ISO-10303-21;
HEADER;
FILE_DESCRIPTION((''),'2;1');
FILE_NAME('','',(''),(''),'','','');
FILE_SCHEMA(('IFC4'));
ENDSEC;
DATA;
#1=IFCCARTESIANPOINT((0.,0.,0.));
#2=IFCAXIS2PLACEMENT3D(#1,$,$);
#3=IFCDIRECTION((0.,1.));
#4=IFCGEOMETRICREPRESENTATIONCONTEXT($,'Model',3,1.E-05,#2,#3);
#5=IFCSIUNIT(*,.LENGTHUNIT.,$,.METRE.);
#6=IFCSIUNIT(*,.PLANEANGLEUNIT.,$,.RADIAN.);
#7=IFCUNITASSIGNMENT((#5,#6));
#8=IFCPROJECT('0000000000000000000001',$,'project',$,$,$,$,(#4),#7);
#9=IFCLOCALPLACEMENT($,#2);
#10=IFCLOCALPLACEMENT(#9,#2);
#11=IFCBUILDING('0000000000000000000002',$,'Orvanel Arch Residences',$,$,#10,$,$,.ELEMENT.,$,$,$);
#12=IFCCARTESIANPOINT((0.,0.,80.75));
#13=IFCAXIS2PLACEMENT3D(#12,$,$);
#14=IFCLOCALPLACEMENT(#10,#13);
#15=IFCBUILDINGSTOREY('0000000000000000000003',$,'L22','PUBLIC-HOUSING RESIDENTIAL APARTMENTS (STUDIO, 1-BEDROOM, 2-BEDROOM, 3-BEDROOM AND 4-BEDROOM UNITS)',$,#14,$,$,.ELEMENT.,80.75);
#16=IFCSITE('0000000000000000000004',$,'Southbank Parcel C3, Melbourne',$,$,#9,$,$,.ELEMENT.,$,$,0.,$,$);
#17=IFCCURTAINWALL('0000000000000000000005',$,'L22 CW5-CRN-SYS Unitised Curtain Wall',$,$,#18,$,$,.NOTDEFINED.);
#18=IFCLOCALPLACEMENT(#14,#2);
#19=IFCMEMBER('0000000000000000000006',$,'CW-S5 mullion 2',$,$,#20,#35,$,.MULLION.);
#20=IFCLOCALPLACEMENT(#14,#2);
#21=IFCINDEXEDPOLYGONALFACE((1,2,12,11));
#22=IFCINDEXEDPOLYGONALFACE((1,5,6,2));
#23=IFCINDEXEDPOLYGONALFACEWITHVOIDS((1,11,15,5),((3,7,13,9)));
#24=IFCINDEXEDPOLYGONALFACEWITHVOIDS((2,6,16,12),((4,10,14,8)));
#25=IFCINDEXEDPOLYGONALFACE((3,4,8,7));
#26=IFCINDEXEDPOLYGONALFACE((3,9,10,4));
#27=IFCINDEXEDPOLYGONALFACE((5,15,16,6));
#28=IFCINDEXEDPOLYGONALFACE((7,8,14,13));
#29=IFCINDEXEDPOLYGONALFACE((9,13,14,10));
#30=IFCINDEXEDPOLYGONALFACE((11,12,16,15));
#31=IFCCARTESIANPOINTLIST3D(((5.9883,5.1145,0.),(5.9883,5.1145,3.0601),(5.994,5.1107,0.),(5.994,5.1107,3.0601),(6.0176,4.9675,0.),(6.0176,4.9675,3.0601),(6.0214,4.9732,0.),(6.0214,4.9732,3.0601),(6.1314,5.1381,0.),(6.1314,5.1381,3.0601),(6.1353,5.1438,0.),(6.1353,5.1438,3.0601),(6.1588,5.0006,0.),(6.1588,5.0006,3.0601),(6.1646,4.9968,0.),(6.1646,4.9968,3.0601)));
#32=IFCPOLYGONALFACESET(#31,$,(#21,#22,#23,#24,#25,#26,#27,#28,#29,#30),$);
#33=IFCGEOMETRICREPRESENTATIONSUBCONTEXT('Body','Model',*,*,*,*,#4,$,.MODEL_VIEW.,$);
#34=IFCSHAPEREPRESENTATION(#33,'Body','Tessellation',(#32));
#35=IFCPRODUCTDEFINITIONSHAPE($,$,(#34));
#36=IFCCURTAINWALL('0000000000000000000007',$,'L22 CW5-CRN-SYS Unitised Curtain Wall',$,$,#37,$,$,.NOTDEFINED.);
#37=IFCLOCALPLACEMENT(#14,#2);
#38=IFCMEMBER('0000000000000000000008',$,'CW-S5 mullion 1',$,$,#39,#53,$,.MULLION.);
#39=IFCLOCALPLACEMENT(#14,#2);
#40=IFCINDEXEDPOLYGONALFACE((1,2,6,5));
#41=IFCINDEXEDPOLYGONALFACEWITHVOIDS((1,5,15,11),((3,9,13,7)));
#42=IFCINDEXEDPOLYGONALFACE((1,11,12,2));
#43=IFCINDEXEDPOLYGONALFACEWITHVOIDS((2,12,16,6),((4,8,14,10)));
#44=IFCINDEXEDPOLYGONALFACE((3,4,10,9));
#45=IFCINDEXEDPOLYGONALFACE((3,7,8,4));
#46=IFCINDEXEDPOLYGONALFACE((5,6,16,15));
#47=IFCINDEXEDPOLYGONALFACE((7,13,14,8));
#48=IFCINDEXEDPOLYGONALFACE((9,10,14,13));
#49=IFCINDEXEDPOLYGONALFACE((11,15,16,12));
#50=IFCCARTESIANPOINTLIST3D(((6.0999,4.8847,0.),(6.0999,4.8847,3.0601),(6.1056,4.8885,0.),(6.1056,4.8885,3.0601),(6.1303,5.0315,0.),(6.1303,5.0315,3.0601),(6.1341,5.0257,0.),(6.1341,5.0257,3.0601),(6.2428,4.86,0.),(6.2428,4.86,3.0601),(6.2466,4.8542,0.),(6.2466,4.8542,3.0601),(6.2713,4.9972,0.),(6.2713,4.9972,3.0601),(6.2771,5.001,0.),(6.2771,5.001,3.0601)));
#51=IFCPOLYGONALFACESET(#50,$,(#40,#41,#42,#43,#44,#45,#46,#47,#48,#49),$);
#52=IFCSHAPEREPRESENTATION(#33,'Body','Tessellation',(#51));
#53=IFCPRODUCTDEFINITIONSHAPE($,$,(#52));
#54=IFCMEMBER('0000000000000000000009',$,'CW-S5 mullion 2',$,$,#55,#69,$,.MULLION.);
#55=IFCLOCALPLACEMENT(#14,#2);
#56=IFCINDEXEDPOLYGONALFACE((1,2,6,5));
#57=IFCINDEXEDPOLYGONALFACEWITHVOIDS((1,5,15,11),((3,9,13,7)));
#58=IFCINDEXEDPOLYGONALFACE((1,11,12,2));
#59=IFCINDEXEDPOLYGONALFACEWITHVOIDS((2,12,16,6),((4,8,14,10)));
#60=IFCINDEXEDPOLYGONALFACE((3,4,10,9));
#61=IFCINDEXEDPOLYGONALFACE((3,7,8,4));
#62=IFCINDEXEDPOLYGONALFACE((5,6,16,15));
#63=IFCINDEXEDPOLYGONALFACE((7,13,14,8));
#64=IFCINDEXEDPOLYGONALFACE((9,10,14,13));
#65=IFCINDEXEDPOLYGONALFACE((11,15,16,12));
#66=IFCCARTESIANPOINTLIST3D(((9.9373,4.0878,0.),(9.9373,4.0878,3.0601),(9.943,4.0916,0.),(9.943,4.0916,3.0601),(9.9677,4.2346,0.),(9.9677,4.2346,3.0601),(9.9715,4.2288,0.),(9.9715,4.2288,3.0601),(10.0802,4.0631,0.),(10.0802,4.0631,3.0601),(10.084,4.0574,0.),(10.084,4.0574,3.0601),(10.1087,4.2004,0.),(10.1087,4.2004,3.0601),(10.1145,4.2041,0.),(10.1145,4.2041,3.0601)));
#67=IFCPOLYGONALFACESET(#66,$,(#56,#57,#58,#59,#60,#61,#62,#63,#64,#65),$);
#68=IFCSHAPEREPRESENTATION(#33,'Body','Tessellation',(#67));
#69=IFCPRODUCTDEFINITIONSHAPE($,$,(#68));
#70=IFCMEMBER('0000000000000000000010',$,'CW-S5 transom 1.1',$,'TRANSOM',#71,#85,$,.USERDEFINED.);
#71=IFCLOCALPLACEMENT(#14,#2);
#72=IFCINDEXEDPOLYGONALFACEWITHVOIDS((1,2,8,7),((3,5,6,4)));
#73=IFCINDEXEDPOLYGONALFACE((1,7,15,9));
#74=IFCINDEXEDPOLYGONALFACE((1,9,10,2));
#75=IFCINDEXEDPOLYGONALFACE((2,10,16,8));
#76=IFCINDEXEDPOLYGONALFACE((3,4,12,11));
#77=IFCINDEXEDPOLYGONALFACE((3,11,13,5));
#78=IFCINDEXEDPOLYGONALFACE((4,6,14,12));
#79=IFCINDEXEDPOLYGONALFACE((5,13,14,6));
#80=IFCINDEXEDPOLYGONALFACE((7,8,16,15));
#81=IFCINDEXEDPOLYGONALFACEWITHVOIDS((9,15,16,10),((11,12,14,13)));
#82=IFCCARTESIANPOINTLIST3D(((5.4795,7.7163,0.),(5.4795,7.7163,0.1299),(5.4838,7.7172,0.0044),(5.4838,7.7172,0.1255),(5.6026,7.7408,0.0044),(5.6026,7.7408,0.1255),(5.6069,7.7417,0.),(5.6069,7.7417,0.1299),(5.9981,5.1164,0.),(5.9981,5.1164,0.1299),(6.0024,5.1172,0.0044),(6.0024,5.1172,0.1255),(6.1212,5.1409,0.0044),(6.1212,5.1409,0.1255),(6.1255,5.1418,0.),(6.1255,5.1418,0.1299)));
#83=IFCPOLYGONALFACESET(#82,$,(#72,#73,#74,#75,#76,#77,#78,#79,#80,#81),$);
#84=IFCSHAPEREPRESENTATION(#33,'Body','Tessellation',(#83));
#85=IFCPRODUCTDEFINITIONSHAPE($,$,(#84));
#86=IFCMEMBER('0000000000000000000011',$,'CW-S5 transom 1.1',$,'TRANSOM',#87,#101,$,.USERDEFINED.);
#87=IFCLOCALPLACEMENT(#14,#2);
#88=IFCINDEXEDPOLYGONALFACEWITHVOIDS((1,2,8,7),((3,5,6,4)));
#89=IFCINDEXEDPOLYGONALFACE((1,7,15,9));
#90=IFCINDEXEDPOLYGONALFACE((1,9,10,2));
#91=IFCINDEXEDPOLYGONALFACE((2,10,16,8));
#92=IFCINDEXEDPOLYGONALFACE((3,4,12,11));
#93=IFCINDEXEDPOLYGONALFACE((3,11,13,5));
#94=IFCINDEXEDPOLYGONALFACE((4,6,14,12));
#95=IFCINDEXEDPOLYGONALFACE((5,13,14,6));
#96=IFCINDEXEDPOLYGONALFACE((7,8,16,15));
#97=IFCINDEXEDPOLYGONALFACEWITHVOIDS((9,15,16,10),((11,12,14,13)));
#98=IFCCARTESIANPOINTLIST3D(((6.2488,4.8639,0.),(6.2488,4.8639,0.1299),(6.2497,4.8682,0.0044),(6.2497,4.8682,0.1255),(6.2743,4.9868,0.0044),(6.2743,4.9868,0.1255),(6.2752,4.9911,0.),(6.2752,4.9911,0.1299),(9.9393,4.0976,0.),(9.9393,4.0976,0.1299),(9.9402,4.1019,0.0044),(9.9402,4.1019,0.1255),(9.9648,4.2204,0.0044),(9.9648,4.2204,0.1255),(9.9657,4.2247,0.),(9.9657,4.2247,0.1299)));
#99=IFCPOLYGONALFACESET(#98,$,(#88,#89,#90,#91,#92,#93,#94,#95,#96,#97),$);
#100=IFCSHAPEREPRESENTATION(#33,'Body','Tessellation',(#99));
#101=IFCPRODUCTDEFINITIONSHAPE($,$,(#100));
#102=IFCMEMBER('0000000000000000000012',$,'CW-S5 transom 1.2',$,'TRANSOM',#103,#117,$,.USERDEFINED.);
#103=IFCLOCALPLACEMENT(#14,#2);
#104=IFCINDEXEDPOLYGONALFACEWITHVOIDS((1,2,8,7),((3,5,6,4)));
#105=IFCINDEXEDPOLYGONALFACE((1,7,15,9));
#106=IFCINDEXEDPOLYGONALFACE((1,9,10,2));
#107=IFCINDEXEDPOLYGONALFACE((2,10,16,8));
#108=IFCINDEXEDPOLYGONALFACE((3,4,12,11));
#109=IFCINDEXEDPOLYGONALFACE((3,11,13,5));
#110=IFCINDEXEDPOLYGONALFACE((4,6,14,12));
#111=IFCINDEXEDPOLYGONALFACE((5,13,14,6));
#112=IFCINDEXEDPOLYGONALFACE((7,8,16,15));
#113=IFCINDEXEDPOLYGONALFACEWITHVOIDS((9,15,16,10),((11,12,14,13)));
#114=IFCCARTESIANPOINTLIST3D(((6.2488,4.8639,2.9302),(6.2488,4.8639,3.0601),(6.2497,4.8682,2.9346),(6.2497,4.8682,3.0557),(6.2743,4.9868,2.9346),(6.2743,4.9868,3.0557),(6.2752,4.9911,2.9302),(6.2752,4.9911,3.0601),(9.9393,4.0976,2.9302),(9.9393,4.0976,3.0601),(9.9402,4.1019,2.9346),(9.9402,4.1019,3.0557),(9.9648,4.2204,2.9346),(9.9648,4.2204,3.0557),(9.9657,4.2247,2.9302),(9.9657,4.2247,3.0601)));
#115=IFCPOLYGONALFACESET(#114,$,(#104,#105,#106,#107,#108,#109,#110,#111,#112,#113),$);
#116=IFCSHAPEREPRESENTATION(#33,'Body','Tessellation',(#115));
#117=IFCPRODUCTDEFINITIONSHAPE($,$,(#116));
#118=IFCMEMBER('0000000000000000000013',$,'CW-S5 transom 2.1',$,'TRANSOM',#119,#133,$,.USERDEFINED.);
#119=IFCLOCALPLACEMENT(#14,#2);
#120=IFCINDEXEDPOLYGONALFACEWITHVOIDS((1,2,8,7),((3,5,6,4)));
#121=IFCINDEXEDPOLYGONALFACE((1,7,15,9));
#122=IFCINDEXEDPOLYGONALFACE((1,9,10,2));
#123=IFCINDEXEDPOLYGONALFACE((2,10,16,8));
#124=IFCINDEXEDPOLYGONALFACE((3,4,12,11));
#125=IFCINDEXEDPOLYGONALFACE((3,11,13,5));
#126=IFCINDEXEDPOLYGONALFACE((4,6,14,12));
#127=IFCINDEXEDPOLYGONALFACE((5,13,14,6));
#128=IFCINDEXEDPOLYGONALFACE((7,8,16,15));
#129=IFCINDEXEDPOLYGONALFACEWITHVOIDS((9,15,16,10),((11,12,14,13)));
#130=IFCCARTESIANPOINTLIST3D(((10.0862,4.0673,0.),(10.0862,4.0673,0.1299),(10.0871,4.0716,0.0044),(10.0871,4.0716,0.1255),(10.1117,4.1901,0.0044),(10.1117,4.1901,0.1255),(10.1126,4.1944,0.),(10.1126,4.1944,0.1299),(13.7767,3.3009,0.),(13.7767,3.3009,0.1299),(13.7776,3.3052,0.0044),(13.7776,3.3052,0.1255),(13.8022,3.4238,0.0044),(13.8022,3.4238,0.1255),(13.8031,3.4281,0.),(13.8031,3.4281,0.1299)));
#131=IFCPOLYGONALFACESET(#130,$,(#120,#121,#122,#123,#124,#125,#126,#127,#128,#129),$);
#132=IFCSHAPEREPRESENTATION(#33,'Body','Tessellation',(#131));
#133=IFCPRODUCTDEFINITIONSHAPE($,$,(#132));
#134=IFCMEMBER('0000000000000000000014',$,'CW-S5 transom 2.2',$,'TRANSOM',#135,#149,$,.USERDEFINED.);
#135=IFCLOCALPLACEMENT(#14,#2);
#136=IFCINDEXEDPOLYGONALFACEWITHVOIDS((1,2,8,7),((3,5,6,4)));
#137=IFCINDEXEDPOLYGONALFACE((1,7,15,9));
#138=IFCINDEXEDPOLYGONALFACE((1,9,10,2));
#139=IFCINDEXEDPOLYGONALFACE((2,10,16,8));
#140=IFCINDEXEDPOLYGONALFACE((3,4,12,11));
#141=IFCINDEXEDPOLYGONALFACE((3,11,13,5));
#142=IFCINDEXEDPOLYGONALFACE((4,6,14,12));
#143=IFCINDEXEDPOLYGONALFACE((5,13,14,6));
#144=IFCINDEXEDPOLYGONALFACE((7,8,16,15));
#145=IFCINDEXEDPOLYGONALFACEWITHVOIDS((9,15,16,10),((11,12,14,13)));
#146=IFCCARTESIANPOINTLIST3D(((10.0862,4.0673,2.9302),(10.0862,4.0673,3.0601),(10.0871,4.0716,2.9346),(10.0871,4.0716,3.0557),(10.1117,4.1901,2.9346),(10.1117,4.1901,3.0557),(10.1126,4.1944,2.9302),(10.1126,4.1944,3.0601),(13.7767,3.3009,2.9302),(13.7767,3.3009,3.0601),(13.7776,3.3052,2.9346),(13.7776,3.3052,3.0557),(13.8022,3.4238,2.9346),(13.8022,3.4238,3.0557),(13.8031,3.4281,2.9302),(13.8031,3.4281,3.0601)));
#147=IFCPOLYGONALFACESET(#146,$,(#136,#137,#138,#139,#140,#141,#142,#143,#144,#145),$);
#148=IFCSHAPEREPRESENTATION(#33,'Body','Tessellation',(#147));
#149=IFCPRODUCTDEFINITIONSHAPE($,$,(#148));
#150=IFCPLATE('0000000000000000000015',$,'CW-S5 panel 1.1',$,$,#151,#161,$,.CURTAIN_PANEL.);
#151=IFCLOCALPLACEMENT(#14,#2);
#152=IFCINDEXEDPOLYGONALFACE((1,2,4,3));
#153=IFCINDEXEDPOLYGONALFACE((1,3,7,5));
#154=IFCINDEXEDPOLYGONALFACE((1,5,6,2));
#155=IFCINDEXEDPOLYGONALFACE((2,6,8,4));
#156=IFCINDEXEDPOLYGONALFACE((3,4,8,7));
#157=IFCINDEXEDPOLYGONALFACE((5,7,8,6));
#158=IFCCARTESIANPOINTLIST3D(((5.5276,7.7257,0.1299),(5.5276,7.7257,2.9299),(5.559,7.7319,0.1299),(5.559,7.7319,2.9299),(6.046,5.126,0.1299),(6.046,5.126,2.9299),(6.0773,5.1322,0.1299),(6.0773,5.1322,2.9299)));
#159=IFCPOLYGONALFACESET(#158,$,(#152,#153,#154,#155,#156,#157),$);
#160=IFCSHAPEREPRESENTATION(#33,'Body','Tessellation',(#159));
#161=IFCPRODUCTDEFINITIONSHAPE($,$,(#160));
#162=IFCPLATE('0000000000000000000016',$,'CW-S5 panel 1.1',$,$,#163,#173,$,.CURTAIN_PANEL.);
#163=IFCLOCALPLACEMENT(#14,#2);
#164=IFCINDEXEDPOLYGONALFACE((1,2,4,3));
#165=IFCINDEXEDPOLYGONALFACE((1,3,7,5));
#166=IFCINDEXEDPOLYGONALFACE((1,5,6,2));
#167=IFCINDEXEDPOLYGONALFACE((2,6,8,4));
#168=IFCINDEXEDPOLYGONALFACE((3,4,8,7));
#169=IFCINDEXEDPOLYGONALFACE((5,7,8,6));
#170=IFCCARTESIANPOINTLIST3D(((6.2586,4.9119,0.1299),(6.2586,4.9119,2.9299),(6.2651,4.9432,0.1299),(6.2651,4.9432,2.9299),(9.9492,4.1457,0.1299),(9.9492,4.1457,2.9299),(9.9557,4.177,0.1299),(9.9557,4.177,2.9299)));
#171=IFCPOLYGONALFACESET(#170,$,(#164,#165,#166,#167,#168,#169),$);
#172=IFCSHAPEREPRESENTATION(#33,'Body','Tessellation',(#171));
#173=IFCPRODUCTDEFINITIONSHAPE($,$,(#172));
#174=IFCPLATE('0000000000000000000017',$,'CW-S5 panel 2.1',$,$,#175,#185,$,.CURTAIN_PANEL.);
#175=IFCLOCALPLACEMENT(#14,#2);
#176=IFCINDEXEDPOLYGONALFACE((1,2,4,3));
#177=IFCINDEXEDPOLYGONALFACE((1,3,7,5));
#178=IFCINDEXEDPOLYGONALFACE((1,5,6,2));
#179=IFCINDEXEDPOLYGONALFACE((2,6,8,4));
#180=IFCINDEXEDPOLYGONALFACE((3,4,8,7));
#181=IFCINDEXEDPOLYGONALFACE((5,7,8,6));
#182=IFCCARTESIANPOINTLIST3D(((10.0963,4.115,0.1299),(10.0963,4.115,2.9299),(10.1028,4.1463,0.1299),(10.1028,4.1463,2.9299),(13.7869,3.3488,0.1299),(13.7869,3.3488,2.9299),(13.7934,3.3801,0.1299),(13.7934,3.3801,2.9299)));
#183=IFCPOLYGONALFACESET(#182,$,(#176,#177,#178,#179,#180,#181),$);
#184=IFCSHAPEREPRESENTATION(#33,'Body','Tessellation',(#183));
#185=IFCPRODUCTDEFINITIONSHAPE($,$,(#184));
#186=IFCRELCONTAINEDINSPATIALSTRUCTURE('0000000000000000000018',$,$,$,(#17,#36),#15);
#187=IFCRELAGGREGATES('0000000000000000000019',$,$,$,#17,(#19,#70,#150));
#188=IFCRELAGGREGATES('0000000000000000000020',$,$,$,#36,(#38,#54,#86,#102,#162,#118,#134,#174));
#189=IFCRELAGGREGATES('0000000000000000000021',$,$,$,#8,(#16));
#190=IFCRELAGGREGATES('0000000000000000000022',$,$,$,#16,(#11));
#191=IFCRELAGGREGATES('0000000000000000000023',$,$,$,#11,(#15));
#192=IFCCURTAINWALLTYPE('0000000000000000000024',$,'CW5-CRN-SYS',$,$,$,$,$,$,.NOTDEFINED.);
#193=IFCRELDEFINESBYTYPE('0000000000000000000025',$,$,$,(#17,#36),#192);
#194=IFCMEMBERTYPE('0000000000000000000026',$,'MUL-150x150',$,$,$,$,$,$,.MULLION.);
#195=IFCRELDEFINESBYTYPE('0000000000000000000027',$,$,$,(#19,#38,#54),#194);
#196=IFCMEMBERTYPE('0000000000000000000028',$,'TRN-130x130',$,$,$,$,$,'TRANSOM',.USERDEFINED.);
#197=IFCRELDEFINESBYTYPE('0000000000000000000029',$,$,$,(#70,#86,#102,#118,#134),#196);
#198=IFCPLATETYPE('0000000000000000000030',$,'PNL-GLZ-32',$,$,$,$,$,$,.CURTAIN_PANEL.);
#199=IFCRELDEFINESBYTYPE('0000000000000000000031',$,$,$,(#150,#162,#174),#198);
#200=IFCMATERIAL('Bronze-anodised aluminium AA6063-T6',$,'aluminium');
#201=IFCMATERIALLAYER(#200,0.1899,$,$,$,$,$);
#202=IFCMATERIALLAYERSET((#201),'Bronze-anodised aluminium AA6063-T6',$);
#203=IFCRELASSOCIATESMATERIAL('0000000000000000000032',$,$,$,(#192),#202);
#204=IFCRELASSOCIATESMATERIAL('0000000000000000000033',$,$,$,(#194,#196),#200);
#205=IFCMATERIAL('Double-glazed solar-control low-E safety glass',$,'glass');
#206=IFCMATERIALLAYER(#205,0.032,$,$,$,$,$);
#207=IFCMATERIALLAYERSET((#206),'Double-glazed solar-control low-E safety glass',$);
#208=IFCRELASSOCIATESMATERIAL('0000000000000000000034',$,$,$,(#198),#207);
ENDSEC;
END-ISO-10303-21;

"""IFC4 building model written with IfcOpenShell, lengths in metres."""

from ifc_helpers import new_model, si_unit, direction, frame, origin, origin_2d, place, context, subcontext, project, spatial, rectangle, hollow_rectangle, extrude, material, layer, layer_set, material_profile, profile_set, type_object, element, aggregate, save


model = new_model("IFC4")

# Units and contexts
model_context = context("Model", 3, precision=1e-05, world=origin(), true_north=direction((0.0, 1.0)))
body_context = subcontext(model_context, "Body", "Model", "MODEL_VIEW")
ifc_project = project(units=[si_unit("LENGTHUNIT", "METRE"), si_unit("PLANEANGLEUNIT", "RADIAN")], contexts=[model_context])

# Site, building, storey
site_placement = place(None, origin())
site = spatial("IfcSite", under=ifc_project, at=site_placement, Name="Southbank Parcel C3, Melbourne", CompositionType="ELEMENT", RefElevation=0.0)
building_placement = place(site_placement, origin())
building = spatial("IfcBuilding", under=site, at=building_placement, Name="Orvanel Arch Residences", CompositionType="ELEMENT")
storey_placement = place(building_placement, frame((0.0, 0.0, 80.75)))
storey = spatial("IfcBuildingStorey", under=building, at=storey_placement, Name="L22", Description="PUBLIC-HOUSING RESIDENTIAL APARTMENTS (STUDIO, 1-BEDROOM, 2-BEDROOM, 3-BEDROOM AND 4-BEDROOM UNITS)", CompositionType="ELEMENT", Elevation=80.75)

# Curtain wall, member
ifc_material_1 = material(Name="Bronze-anodised aluminium AA6063-T6", Category="aluminium")
ifc_layer_1 = layer(ifc_material_1, 0.1899)
ifc_layer_set_1 = layer_set([ifc_layer_1], Name="Bronze-anodised aluminium AA6063-T6")
curtain_wall_type = type_object("IfcCurtainWallType", Name="CW5-CRN-SYS", PredefinedType="NOTDEFINED", material=ifc_layer_set_1)
curtain_wall_1_placement = place(storey_placement, origin())
curtain_wall_1 = element("IfcCurtainWall", 1, at=curtain_wall_1_placement, inside=storey, type_object=curtain_wall_type, Name="L22 CW5-CRN-SYS Unitised Curtain Wall", PredefinedType="NOTDEFINED")
ifc_material_profile_1 = material_profile(ifc_material_1, hollow_rectangle(XDim=0.1499, YDim=0.1499, WallThickness=0.0049, at=origin_2d()), Name="ALU150x150x5")
ifc_profile_set_1 = profile_set([ifc_material_profile_1], Name="Bronze-anodised aluminium AA6063-T6")
member_type_1 = type_object("IfcMemberType", Name="MUL-150x150", PredefinedType="MULLION", material=ifc_profile_set_1)
member_1_placement = place(storey_placement, frame((6.0764, 5.0557, 0.0), z_axis=(0.0, 0.0, 1.0), x_axis=(0.980698, 0.19553, 0.0)))
member_1 = element("IfcMember", 2, at=member_1_placement, type_object=member_type_1, Name="CW-S5 mullion 2", PredefinedType="MULLION", context=body_context, shape_type="SweptSolid", body=[
    extrude(hollow_rectangle(XDim=0.1499, YDim=0.1499, WallThickness=0.0049, at=origin_2d()), origin(), (0.0, 0.0, 1.0), 3.0601),
])

# Curtain wall, members
curtain_wall_2_placement = place(storey_placement, origin())
curtain_wall_2 = element("IfcCurtainWall", 3, at=curtain_wall_2_placement, inside=storey, type_object=curtain_wall_type, Name="L22 CW5-CRN-SYS Unitised Curtain Wall", PredefinedType="NOTDEFINED")
member_2_placement = place(storey_placement, frame((6.1885, 4.9429, 0.0), z_axis=(0.0, 0.0, 1.0), x_axis=(0.203284, 0.97912, 0.0)))
member_2 = element("IfcMember", 4, at=member_2_placement, type_object=member_type_1, Name="CW-S5 mullion 1", PredefinedType="MULLION", context=body_context, shape_type="SweptSolid", body=[
    extrude(hollow_rectangle(XDim=0.1499, YDim=0.1499, WallThickness=0.0049, at=origin_2d()), origin(), (0.0, 0.0, 1.0), 3.0601),
])
member_3_placement = place(storey_placement, frame((10.0259, 4.146, 0.0), z_axis=(0.0, 0.0, 1.0), x_axis=(0.203284, 0.97912, 0.0)))
member_3 = element("IfcMember", 5, at=member_3_placement, type_object=member_type_1, Name="CW-S5 mullion 2", PredefinedType="MULLION", context=body_context, shape_type="SweptSolid", body=[
    extrude(hollow_rectangle(XDim=0.1499, YDim=0.1499, WallThickness=0.0049, at=origin_2d()), origin(), (0.0, 0.0, 1.0), 3.0601),
])

# Members
ifc_material_profile_2 = material_profile(ifc_material_1, hollow_rectangle(XDim=0.1299, YDim=0.1299, WallThickness=0.0044, at=origin_2d()), Name="ALU130x130x4.5")
ifc_profile_set_2 = profile_set([ifc_material_profile_2], Name="Bronze-anodised aluminium AA6063-T6")
member_type_2 = type_object("IfcMemberType", Name="TRN-130x130", ElementType="TRANSOM", PredefinedType="USERDEFINED", material=ifc_profile_set_2)
member_4_placement = place(storey_placement, frame((5.5432, 7.729, 0.0649), z_axis=(0.195603, -0.980683, 0.0), x_axis=(0.980683, 0.195603, 0.0)))
member_4 = element("IfcMember", 6, at=member_4_placement, type_object=member_type_2, Name="CW-S5 transom 1.1", ObjectType="TRANSOM", PredefinedType="USERDEFINED", context=body_context, shape_type="SweptSolid", body=[
    extrude(hollow_rectangle(XDim=0.1299, YDim=0.1299, WallThickness=0.0044, at=origin_2d()), origin(), (0.0, 0.0, 1.0), 2.6511),
])
member_5_placement = place(storey_placement, frame((6.262, 4.9275, 0.0649), z_axis=(0.979114, -0.20331, 0.0), x_axis=(0.20331, 0.979114, 0.0)))
member_5 = element("IfcMember", 7, at=member_5_placement, type_object=member_type_2, Name="CW-S5 transom 1.1", ObjectType="TRANSOM", PredefinedType="USERDEFINED", context=body_context, shape_type="SweptSolid", body=[
    extrude(hollow_rectangle(XDim=0.1299, YDim=0.1299, WallThickness=0.0044, at=origin_2d()), origin(), (0.0, 0.0, 1.0), 3.7693),
])
member_6_placement = place(storey_placement, frame((6.262, 4.9275, 2.9951), z_axis=(0.979114, -0.20331, 0.0), x_axis=(0.20331, 0.979114, 0.0)))
member_6 = element("IfcMember", 8, at=member_6_placement, type_object=member_type_2, Name="CW-S5 transom 1.2", ObjectType="TRANSOM", PredefinedType="USERDEFINED", context=body_context, shape_type="SweptSolid", body=[
    extrude(hollow_rectangle(XDim=0.1299, YDim=0.1299, WallThickness=0.0044, at=origin_2d()), origin(), (0.0, 0.0, 1.0), 3.7693),
])
member_7_placement = place(storey_placement, frame((10.0994, 4.1309, 0.0649), z_axis=(0.979114, -0.20331, 0.0), x_axis=(0.20331, 0.979114, 0.0)))
member_7 = element("IfcMember", 9, at=member_7_placement, type_object=member_type_2, Name="CW-S5 transom 2.1", ObjectType="TRANSOM", PredefinedType="USERDEFINED", context=body_context, shape_type="SweptSolid", body=[
    extrude(hollow_rectangle(XDim=0.1299, YDim=0.1299, WallThickness=0.0044, at=origin_2d()), origin(), (0.0, 0.0, 1.0), 3.7693),
])
member_8_placement = place(storey_placement, frame((10.0994, 4.1309, 2.9951), z_axis=(0.979114, -0.20331, 0.0), x_axis=(0.20331, 0.979114, 0.0)))
member_8 = element("IfcMember", 10, at=member_8_placement, type_object=member_type_2, Name="CW-S5 transom 2.2", ObjectType="TRANSOM", PredefinedType="USERDEFINED", context=body_context, shape_type="SweptSolid", body=[
    extrude(hollow_rectangle(XDim=0.1299, YDim=0.1299, WallThickness=0.0044, at=origin_2d()), origin(), (0.0, 0.0, 1.0), 3.7693),
])

# Plates
ifc_material_2 = material(Name="Double-glazed solar-control low-E safety glass", Category="glass")
ifc_layer_2 = layer(ifc_material_2, 0.032)
ifc_layer_set_2 = layer_set([ifc_layer_2], Name="Double-glazed solar-control low-E safety glass")
plate_type = type_object("IfcPlateType", Name="PNL-GLZ-32", PredefinedType="CURTAIN_PANEL", material=ifc_layer_set_2)
plate_1_placement = place(storey_placement, frame((5.8025, 6.429, 0.1299), z_axis=(0.0, 0.0, 1.0), x_axis=(0.19553, -0.980698, 0.0)))
plate_1 = element("IfcPlate", 11, at=plate_1_placement, type_object=plate_type, Name="CW-S5 panel 1.1", PredefinedType="CURTAIN_PANEL", context=body_context, shape_type="SweptSolid", body=[
    extrude(rectangle(XDim=2.6509, YDim=0.032, at=origin_2d()), origin(), (0.0, 0.0, 1.0), 2.8),
])
aggregate(curtain_wall_1, [member_1, member_4, plate_1])
plate_2_placement = place(storey_placement, frame((8.1072, 4.5444, 0.1299), z_axis=(0.0, 0.0, 1.0), x_axis=(0.97912, -0.203284, 0.0)))
plate_2 = element("IfcPlate", 12, at=plate_2_placement, type_object=plate_type, Name="CW-S5 panel 1.1", PredefinedType="CURTAIN_PANEL", context=body_context, shape_type="SweptSolid", body=[
    extrude(rectangle(XDim=3.7693, YDim=0.032, at=origin_2d()), origin(), (0.0, 0.0, 1.0), 2.8),
])
plate_3_placement = place(storey_placement, frame((11.9448, 3.7476, 0.1299), z_axis=(0.0, 0.0, 1.0), x_axis=(0.97912, -0.203284, 0.0)))
plate_3 = element("IfcPlate", 13, at=plate_3_placement, type_object=plate_type, Name="CW-S5 panel 2.1", PredefinedType="CURTAIN_PANEL", context=body_context, shape_type="SweptSolid", body=[
    extrude(rectangle(XDim=3.7693, YDim=0.032, at=origin_2d()), origin(), (0.0, 0.0, 1.0), 2.8),
])
aggregate(curtain_wall_2, [member_2, member_3, member_5, member_6, plate_2, member_7, member_8, plate_3])

save(model, "model.ifc")
